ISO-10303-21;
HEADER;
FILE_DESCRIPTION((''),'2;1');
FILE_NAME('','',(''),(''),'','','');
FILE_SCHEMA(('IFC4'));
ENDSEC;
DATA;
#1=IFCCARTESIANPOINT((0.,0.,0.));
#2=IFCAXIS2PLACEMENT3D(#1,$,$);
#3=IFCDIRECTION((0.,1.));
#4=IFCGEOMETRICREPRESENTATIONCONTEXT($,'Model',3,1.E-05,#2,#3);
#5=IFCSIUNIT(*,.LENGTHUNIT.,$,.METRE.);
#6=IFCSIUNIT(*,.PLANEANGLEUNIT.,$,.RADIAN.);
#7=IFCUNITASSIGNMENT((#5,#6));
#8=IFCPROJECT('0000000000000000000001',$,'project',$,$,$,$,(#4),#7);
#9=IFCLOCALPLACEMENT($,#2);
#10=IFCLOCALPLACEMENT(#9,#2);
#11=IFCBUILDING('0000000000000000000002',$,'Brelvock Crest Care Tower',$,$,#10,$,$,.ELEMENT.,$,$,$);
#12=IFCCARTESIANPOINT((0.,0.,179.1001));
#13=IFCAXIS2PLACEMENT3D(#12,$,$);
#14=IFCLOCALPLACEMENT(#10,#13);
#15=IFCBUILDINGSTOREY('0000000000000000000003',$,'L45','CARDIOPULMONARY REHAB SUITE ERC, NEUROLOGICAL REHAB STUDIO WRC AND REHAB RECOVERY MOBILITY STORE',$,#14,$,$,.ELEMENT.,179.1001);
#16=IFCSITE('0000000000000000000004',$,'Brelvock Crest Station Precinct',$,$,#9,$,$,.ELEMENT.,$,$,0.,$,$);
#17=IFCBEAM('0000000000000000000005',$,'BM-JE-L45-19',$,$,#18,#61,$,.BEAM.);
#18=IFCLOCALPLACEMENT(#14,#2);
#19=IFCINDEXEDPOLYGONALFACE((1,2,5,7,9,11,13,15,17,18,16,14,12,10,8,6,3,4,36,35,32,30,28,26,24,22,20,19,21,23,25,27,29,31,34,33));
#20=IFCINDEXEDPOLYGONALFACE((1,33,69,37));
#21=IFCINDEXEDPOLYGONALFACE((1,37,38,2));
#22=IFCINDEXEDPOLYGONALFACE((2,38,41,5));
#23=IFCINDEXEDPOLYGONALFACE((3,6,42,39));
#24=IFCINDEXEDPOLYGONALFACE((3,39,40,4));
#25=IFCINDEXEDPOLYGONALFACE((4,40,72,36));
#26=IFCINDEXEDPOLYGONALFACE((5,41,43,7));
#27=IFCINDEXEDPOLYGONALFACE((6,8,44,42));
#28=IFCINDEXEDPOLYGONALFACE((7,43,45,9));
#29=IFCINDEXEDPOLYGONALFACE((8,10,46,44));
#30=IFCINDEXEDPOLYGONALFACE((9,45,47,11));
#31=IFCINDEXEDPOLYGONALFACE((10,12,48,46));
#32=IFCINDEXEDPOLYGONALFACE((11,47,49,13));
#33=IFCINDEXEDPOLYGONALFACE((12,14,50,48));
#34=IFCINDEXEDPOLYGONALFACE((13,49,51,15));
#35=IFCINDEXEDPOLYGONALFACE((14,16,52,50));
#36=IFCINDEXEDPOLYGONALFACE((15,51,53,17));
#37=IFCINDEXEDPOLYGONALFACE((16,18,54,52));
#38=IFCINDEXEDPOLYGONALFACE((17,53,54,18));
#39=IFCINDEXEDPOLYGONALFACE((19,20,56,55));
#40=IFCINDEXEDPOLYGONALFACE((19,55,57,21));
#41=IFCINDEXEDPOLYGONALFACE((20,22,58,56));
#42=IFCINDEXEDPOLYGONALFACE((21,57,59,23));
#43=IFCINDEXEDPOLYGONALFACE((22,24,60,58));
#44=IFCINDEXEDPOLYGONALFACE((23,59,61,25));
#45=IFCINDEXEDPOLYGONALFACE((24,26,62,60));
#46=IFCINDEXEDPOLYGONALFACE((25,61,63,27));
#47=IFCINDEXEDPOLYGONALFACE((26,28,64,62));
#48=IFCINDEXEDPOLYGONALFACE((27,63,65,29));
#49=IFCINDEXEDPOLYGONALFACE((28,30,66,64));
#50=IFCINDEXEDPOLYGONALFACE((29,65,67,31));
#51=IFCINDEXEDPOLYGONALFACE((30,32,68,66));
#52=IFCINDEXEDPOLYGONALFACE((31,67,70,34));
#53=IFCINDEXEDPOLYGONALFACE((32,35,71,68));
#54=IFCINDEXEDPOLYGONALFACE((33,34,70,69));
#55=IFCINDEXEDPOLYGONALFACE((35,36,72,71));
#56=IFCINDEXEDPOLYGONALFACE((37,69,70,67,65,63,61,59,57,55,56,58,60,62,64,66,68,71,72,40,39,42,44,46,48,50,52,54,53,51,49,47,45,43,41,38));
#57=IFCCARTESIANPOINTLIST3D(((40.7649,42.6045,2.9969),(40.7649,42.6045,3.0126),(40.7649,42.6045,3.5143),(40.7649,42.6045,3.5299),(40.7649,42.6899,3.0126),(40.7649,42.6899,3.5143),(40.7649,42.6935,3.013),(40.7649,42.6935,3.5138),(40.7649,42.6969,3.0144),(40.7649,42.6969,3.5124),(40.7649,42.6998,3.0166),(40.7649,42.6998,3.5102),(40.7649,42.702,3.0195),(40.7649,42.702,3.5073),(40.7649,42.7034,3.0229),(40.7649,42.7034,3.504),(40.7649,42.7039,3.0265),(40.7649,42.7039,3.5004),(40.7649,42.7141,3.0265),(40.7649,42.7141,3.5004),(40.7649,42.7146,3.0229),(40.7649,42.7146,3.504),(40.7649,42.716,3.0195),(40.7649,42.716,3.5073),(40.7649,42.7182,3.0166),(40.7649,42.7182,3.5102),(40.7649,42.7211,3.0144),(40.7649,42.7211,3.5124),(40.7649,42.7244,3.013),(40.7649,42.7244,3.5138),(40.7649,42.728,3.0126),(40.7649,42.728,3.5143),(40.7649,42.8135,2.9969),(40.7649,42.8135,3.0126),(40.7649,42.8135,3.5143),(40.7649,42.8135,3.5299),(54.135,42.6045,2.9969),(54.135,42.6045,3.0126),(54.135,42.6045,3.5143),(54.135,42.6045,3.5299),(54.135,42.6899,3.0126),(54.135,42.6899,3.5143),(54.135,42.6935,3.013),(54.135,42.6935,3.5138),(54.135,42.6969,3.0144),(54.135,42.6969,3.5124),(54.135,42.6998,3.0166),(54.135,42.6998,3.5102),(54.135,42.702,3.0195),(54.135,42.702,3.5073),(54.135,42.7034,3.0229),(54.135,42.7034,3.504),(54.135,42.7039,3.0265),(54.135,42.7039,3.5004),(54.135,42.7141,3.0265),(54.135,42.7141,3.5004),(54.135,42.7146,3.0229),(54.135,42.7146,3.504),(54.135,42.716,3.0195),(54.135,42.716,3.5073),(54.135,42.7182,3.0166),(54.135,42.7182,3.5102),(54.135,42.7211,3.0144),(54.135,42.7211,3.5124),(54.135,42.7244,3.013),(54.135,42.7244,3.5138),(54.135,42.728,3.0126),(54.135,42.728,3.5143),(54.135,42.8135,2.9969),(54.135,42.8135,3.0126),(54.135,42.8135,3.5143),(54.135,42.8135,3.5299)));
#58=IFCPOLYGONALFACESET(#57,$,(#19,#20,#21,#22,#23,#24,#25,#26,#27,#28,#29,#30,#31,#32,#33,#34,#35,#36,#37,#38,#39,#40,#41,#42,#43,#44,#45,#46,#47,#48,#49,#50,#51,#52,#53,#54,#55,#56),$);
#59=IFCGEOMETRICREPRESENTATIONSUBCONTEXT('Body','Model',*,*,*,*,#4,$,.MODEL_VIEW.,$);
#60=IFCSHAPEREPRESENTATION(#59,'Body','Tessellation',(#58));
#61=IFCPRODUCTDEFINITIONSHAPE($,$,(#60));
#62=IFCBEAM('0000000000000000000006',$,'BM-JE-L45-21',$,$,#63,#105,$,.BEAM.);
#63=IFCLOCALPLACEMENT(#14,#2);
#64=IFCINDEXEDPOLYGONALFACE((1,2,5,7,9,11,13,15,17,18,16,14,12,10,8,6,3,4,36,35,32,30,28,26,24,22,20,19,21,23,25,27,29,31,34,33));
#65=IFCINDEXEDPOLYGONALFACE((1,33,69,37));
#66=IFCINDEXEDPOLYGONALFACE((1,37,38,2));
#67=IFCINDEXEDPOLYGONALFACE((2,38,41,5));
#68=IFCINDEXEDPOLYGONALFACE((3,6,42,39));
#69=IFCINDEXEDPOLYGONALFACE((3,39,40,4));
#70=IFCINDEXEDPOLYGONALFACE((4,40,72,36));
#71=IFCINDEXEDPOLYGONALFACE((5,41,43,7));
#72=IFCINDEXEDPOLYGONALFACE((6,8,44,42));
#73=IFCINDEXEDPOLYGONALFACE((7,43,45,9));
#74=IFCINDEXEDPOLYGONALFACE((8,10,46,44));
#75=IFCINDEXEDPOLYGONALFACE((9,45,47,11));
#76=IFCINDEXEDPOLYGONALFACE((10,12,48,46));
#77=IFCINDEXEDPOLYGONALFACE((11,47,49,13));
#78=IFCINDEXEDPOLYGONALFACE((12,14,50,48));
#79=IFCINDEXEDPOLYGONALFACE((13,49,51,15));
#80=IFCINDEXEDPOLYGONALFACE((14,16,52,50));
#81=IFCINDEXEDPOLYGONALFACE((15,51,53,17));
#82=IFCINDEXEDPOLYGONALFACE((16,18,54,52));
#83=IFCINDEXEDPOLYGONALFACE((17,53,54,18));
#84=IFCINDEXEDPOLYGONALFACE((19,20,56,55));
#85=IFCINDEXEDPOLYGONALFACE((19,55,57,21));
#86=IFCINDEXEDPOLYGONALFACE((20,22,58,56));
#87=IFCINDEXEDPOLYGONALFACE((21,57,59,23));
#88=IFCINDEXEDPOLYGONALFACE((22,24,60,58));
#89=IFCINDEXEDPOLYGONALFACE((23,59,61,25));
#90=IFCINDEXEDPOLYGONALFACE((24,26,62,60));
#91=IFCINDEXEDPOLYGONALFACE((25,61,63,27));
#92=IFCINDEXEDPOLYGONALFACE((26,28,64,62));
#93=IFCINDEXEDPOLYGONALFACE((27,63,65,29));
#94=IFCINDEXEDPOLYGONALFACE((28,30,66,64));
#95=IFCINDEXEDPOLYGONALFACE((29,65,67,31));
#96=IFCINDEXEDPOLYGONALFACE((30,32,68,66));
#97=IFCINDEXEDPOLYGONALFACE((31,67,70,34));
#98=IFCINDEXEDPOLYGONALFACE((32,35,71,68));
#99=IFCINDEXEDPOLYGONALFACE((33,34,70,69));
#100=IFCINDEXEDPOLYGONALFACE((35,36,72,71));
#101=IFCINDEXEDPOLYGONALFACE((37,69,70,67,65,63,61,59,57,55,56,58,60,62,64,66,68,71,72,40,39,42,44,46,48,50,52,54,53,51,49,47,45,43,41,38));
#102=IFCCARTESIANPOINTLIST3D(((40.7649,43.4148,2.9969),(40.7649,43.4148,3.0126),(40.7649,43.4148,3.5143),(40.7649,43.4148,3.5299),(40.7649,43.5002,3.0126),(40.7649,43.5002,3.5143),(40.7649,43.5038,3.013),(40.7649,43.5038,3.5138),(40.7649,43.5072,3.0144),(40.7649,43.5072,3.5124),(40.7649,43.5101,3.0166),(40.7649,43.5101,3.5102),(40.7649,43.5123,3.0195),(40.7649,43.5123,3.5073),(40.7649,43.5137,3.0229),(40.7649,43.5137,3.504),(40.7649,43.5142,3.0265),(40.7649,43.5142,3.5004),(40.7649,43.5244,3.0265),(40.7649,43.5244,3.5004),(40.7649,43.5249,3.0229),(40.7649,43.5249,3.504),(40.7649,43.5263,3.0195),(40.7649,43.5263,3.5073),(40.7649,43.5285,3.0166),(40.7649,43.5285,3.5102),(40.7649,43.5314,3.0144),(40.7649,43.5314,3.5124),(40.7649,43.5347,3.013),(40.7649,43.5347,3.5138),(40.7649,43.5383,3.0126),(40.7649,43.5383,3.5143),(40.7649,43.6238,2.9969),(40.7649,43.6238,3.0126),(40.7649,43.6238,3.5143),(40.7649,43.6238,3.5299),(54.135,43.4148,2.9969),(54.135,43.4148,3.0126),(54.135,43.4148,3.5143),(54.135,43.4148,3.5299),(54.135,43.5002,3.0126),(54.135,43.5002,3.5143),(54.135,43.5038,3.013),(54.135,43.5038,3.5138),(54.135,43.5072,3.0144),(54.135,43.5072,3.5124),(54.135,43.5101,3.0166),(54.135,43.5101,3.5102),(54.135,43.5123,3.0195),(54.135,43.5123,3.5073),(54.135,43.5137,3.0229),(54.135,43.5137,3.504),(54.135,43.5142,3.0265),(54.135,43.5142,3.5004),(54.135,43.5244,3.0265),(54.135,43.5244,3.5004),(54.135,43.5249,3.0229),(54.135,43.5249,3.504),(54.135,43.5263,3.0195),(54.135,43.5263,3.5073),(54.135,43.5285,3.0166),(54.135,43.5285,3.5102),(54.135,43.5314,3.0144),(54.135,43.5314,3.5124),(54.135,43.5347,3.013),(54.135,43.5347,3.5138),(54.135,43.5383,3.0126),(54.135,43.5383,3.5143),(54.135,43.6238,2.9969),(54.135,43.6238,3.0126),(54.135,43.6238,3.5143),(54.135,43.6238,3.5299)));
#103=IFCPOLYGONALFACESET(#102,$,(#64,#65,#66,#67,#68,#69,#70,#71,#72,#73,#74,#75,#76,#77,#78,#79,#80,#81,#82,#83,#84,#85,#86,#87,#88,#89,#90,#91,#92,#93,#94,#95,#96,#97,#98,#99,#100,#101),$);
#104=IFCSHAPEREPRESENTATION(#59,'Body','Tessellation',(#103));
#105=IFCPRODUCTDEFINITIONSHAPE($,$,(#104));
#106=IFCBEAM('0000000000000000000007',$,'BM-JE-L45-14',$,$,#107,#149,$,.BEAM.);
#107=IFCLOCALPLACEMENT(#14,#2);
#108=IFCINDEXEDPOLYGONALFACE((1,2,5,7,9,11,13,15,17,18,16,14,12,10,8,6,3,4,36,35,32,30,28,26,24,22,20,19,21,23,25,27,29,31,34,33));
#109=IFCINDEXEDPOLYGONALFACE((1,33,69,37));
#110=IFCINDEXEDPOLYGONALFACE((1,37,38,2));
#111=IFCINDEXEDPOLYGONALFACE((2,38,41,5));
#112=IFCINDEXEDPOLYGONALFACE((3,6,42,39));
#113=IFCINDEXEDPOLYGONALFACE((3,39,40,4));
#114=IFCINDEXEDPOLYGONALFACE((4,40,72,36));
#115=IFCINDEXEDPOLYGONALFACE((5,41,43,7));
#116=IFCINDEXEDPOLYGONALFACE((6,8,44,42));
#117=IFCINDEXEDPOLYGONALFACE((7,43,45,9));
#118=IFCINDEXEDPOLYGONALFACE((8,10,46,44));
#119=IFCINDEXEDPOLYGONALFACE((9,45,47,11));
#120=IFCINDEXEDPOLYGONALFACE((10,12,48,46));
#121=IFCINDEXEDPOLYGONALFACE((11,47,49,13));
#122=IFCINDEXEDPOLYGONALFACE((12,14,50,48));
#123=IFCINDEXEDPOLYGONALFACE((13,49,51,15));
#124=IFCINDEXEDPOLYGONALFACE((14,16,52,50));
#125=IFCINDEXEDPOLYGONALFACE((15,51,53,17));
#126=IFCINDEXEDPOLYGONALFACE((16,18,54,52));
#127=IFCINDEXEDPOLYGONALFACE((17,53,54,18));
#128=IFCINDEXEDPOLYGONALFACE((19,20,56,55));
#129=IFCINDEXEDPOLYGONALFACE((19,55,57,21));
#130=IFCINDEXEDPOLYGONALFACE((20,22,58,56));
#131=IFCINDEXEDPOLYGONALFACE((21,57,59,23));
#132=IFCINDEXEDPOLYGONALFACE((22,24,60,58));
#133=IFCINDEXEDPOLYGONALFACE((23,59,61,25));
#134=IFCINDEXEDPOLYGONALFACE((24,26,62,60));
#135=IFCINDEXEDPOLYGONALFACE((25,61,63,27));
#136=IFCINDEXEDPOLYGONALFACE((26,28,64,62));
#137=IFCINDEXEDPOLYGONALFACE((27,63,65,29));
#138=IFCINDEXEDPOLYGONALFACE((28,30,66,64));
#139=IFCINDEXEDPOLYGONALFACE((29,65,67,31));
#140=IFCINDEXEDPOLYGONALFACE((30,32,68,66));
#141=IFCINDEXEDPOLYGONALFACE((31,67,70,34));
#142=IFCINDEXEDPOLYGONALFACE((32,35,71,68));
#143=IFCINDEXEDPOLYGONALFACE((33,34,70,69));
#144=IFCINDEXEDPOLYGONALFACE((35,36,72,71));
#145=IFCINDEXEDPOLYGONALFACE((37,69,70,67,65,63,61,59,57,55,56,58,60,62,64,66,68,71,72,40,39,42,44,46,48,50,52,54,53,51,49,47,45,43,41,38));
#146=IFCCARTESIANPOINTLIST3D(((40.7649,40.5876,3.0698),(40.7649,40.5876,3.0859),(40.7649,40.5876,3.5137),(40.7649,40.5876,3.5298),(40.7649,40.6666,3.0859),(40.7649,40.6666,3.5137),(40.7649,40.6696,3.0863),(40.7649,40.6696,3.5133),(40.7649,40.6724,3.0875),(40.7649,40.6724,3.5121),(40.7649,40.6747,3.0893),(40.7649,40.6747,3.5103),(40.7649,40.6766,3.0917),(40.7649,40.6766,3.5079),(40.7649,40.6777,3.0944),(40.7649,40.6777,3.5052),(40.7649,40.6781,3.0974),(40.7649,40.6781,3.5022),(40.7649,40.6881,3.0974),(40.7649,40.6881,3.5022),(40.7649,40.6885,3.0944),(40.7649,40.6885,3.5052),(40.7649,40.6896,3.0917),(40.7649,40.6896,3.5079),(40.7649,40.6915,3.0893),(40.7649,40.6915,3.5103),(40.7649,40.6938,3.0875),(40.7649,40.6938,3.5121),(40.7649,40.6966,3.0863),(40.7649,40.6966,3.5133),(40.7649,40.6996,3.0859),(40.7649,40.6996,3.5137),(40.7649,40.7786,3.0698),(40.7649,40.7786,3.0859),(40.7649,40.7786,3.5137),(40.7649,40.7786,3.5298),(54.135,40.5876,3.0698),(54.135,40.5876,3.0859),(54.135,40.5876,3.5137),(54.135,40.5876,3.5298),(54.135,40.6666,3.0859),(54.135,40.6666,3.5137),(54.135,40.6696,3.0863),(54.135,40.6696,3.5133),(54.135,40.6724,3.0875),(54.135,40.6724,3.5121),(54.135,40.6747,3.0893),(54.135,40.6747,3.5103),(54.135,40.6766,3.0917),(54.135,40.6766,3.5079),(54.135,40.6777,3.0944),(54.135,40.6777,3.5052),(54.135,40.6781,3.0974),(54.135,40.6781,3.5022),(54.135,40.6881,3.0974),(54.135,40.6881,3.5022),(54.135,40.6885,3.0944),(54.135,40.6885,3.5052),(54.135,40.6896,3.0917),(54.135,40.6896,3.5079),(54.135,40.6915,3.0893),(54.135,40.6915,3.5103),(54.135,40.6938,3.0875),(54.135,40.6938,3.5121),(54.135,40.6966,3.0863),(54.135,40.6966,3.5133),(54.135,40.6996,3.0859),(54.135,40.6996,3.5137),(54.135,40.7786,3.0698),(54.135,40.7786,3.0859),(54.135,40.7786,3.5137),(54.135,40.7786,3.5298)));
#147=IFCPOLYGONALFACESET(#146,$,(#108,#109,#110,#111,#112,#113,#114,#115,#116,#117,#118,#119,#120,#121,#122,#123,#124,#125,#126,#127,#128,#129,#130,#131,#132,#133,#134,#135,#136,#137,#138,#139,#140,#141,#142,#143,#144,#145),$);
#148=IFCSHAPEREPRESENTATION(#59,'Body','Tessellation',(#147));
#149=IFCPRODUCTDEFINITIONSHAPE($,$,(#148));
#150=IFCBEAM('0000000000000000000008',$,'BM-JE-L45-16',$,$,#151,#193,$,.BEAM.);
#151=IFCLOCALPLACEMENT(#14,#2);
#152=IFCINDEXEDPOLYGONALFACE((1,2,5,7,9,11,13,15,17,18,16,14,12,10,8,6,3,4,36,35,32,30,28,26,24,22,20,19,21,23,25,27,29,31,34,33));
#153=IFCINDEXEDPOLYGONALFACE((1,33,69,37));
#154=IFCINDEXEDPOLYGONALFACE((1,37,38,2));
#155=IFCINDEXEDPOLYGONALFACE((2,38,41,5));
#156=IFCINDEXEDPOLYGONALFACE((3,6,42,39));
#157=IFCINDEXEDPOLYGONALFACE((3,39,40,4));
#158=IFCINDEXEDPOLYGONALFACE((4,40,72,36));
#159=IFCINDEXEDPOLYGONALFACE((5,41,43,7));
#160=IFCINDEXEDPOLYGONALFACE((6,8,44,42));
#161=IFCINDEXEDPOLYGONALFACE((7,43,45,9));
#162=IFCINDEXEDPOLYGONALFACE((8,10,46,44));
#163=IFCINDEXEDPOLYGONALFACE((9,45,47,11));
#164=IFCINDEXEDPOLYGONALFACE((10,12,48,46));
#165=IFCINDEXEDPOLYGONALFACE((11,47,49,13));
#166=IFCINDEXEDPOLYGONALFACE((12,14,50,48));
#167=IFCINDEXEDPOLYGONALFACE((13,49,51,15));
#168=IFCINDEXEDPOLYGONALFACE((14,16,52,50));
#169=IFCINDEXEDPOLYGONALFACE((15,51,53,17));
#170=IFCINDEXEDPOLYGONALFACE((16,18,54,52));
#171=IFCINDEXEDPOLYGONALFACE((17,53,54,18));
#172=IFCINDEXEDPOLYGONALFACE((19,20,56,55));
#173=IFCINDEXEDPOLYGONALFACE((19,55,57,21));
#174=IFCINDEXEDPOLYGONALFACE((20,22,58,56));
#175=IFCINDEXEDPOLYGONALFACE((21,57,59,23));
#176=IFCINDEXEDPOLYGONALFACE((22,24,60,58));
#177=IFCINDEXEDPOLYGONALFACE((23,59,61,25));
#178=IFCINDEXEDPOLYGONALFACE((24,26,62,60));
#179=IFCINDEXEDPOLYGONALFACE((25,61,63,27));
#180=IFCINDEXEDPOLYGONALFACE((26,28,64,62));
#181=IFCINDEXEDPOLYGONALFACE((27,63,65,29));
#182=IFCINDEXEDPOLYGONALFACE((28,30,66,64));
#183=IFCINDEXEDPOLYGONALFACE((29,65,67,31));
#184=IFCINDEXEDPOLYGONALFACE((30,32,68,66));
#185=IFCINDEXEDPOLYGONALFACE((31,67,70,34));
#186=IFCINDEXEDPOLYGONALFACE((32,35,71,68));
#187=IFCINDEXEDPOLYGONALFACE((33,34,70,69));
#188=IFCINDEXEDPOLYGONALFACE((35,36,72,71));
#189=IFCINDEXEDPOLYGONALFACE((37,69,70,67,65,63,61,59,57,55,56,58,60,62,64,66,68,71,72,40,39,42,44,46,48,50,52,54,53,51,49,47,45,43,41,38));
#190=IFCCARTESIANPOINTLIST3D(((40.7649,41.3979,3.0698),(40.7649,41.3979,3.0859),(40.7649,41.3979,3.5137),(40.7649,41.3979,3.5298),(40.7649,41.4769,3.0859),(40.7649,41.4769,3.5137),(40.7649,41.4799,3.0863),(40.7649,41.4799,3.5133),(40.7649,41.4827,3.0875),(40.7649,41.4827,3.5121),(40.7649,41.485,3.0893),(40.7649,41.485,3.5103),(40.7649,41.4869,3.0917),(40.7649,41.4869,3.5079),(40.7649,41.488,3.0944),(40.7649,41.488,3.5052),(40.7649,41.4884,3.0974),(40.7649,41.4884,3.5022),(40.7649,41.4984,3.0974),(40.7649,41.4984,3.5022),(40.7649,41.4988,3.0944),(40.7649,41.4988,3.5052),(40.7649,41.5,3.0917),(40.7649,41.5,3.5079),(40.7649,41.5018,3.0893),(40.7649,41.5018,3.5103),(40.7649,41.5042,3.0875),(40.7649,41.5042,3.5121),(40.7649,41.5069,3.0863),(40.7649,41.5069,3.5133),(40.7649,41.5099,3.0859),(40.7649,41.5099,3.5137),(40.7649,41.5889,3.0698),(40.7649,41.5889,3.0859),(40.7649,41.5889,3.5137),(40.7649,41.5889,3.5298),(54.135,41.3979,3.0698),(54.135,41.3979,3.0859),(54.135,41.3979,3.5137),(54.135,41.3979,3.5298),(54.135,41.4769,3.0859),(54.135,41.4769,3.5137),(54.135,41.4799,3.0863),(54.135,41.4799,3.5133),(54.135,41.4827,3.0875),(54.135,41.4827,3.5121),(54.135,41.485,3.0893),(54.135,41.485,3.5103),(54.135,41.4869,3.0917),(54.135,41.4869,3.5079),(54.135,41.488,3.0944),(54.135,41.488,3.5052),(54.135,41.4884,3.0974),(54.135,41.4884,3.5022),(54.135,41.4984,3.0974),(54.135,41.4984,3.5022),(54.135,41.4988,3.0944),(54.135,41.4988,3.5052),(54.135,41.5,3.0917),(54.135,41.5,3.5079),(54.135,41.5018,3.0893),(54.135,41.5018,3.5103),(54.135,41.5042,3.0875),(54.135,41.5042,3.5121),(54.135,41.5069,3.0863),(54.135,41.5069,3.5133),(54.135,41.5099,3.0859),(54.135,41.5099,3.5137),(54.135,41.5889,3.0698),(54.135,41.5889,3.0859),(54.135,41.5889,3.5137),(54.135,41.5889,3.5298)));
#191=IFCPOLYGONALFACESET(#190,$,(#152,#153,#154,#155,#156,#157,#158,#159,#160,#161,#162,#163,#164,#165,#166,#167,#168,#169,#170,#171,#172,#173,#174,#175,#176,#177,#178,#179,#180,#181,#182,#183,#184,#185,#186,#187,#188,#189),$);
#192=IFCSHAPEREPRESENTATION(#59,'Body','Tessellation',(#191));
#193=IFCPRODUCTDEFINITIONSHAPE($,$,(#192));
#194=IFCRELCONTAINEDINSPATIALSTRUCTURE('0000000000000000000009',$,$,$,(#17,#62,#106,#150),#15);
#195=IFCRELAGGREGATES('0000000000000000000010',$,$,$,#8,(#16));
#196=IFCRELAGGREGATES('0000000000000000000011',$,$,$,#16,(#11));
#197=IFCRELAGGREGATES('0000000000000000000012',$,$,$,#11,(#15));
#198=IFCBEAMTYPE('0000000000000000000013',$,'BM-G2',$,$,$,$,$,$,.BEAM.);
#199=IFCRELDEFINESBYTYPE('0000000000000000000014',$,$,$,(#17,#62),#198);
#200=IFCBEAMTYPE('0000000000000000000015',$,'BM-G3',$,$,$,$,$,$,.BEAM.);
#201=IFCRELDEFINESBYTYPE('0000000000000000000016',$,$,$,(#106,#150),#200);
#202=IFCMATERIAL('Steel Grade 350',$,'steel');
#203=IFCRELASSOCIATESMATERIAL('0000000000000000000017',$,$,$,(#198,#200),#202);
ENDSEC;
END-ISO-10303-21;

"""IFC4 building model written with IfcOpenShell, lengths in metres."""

from ifc_helpers import new_model, si_unit, direction, frame, origin, origin_2d, place, context, subcontext, project, spatial, i_section, extrude, source, transform, mapped, material, material_profile, profile_set, type_object, element, save


model = new_model("IFC4")

# Units and contexts
model_context = context("Model", 3, precision=1e-05, world=origin(), true_north=direction((0.0, 1.0)))
body_context = subcontext(model_context, "Body", "Model", "MODEL_VIEW")
ifc_project = project(units=[si_unit("LENGTHUNIT", "METRE"), si_unit("PLANEANGLEUNIT", "RADIAN")], contexts=[model_context])

# Site, building, storey
site_placement = place(None, origin())
site = spatial("IfcSite", under=ifc_project, at=site_placement, Name="Brelvock Crest Station Precinct", CompositionType="ELEMENT", RefElevation=0.0)
building_placement = place(site_placement, origin())
building = spatial("IfcBuilding", under=site, at=building_placement, Name="Brelvock Crest Care Tower", CompositionType="ELEMENT")
storey_placement = place(building_placement, frame((0.0, 0.0, 179.1001)))
storey = spatial("IfcBuildingStorey", under=building, at=storey_placement, Name="L45", Description="CARDIOPULMONARY REHAB SUITE ERC, NEUROLOGICAL REHAB STUDIO WRC AND REHAB RECOVERY MOBILITY STORE", CompositionType="ELEMENT", Elevation=179.1001)

# Beams
ifc_material_1 = material(Name="Steel Grade 350", Category="steel")
ifc_material_profile_1 = material_profile(ifc_material_1, i_section(OverallWidth=0.209, OverallDepth=0.533, WebThickness=0.0103, FlangeThickness=0.0156, FilletRadius=0.0139, at=origin_2d()), Name="530UB92.4")
ifc_profile_set_1 = profile_set([ifc_material_profile_1], Name="Steel Grade 350")
beam_type_1 = type_object("IfcBeamType", Name="BM-G2", PredefinedType="BEAM", material=ifc_profile_set_1)
shared_shape_1 = source(origin(), body_context, "Body", "SweptSolid", [
    extrude(i_section(OverallWidth=0.209, OverallDepth=0.533, WebThickness=0.0103, FlangeThickness=0.0156, FilletRadius=0.0139, at=origin_2d()), origin(), (0.0, 0.0, 1.0), 13.3701),
])
for number, where, z_axis, x_axis, name in (
    (1, (40.7649, 42.709, 3.2634), (1.0, 0.0, 0.0), (0.0, 1.0, 0.0), "BM-JE-L45-19"),
    (2, (40.7649, 43.5193, 3.2634), (1.0, 0.0, 0.0), (0.0, 1.0, 0.0), "BM-JE-L45-21"),
):
    element("IfcBeam", number, at=place(storey_placement, frame(where, z_axis=z_axis, x_axis=x_axis)), inside=storey, type_object=beam_type_1, Name=name, PredefinedType="BEAM", context=body_context, shape_type="MappedRepresentation", body=[
        mapped(shared_shape_1, transform((0.0, 0.0, 0.0), x_axis=(1.0, 0.0, 0.0), y_axis=(0.0, 1.0, 0.0), z_axis=(0.0, 0.0, 1.0), scale=1.0)),
    ])
ifc_material_profile_2 = material_profile(ifc_material_1, i_section(OverallWidth=0.1909, OverallDepth=0.46, WebThickness=0.01, FlangeThickness=0.0161, FilletRadius=0.0115, at=origin_2d()), Name="460UB82.1")
ifc_profile_set_2 = profile_set([ifc_material_profile_2], Name="Steel Grade 350")
beam_type_2 = type_object("IfcBeamType", Name="BM-G3", PredefinedType="BEAM", material=ifc_profile_set_2)
shared_shape_2 = source(origin(), body_context, "Body", "SweptSolid", [
    extrude(i_section(OverallWidth=0.1909, OverallDepth=0.46, WebThickness=0.01, FlangeThickness=0.0161, FilletRadius=0.0115, at=origin_2d()), origin(), (0.0, 0.0, 1.0), 13.3701),
])
for number, where, z_axis, x_axis, name in (
    (3, (40.7649, 40.6831, 3.2998), (1.0, 0.0, 0.0), (0.0, 1.0, 0.0), "BM-JE-L45-14"),
    (4, (40.7649, 41.4934, 3.2998), (1.0, 0.0, 0.0), (0.0, 1.0, 0.0), "BM-JE-L45-16"),
):
    element("IfcBeam", number, at=place(storey_placement, frame(where, z_axis=z_axis, x_axis=x_axis)), inside=storey, type_object=beam_type_2, Name=name, PredefinedType="BEAM", context=body_context, shape_type="MappedRepresentation", body=[
        mapped(shared_shape_2, transform((0.0, 0.0, 0.0), x_axis=(1.0, 0.0, 0.0), y_axis=(0.0, 1.0, 0.0), z_axis=(0.0, 0.0, 1.0), scale=1.0)),
    ])

save(model, "model.ifc")
